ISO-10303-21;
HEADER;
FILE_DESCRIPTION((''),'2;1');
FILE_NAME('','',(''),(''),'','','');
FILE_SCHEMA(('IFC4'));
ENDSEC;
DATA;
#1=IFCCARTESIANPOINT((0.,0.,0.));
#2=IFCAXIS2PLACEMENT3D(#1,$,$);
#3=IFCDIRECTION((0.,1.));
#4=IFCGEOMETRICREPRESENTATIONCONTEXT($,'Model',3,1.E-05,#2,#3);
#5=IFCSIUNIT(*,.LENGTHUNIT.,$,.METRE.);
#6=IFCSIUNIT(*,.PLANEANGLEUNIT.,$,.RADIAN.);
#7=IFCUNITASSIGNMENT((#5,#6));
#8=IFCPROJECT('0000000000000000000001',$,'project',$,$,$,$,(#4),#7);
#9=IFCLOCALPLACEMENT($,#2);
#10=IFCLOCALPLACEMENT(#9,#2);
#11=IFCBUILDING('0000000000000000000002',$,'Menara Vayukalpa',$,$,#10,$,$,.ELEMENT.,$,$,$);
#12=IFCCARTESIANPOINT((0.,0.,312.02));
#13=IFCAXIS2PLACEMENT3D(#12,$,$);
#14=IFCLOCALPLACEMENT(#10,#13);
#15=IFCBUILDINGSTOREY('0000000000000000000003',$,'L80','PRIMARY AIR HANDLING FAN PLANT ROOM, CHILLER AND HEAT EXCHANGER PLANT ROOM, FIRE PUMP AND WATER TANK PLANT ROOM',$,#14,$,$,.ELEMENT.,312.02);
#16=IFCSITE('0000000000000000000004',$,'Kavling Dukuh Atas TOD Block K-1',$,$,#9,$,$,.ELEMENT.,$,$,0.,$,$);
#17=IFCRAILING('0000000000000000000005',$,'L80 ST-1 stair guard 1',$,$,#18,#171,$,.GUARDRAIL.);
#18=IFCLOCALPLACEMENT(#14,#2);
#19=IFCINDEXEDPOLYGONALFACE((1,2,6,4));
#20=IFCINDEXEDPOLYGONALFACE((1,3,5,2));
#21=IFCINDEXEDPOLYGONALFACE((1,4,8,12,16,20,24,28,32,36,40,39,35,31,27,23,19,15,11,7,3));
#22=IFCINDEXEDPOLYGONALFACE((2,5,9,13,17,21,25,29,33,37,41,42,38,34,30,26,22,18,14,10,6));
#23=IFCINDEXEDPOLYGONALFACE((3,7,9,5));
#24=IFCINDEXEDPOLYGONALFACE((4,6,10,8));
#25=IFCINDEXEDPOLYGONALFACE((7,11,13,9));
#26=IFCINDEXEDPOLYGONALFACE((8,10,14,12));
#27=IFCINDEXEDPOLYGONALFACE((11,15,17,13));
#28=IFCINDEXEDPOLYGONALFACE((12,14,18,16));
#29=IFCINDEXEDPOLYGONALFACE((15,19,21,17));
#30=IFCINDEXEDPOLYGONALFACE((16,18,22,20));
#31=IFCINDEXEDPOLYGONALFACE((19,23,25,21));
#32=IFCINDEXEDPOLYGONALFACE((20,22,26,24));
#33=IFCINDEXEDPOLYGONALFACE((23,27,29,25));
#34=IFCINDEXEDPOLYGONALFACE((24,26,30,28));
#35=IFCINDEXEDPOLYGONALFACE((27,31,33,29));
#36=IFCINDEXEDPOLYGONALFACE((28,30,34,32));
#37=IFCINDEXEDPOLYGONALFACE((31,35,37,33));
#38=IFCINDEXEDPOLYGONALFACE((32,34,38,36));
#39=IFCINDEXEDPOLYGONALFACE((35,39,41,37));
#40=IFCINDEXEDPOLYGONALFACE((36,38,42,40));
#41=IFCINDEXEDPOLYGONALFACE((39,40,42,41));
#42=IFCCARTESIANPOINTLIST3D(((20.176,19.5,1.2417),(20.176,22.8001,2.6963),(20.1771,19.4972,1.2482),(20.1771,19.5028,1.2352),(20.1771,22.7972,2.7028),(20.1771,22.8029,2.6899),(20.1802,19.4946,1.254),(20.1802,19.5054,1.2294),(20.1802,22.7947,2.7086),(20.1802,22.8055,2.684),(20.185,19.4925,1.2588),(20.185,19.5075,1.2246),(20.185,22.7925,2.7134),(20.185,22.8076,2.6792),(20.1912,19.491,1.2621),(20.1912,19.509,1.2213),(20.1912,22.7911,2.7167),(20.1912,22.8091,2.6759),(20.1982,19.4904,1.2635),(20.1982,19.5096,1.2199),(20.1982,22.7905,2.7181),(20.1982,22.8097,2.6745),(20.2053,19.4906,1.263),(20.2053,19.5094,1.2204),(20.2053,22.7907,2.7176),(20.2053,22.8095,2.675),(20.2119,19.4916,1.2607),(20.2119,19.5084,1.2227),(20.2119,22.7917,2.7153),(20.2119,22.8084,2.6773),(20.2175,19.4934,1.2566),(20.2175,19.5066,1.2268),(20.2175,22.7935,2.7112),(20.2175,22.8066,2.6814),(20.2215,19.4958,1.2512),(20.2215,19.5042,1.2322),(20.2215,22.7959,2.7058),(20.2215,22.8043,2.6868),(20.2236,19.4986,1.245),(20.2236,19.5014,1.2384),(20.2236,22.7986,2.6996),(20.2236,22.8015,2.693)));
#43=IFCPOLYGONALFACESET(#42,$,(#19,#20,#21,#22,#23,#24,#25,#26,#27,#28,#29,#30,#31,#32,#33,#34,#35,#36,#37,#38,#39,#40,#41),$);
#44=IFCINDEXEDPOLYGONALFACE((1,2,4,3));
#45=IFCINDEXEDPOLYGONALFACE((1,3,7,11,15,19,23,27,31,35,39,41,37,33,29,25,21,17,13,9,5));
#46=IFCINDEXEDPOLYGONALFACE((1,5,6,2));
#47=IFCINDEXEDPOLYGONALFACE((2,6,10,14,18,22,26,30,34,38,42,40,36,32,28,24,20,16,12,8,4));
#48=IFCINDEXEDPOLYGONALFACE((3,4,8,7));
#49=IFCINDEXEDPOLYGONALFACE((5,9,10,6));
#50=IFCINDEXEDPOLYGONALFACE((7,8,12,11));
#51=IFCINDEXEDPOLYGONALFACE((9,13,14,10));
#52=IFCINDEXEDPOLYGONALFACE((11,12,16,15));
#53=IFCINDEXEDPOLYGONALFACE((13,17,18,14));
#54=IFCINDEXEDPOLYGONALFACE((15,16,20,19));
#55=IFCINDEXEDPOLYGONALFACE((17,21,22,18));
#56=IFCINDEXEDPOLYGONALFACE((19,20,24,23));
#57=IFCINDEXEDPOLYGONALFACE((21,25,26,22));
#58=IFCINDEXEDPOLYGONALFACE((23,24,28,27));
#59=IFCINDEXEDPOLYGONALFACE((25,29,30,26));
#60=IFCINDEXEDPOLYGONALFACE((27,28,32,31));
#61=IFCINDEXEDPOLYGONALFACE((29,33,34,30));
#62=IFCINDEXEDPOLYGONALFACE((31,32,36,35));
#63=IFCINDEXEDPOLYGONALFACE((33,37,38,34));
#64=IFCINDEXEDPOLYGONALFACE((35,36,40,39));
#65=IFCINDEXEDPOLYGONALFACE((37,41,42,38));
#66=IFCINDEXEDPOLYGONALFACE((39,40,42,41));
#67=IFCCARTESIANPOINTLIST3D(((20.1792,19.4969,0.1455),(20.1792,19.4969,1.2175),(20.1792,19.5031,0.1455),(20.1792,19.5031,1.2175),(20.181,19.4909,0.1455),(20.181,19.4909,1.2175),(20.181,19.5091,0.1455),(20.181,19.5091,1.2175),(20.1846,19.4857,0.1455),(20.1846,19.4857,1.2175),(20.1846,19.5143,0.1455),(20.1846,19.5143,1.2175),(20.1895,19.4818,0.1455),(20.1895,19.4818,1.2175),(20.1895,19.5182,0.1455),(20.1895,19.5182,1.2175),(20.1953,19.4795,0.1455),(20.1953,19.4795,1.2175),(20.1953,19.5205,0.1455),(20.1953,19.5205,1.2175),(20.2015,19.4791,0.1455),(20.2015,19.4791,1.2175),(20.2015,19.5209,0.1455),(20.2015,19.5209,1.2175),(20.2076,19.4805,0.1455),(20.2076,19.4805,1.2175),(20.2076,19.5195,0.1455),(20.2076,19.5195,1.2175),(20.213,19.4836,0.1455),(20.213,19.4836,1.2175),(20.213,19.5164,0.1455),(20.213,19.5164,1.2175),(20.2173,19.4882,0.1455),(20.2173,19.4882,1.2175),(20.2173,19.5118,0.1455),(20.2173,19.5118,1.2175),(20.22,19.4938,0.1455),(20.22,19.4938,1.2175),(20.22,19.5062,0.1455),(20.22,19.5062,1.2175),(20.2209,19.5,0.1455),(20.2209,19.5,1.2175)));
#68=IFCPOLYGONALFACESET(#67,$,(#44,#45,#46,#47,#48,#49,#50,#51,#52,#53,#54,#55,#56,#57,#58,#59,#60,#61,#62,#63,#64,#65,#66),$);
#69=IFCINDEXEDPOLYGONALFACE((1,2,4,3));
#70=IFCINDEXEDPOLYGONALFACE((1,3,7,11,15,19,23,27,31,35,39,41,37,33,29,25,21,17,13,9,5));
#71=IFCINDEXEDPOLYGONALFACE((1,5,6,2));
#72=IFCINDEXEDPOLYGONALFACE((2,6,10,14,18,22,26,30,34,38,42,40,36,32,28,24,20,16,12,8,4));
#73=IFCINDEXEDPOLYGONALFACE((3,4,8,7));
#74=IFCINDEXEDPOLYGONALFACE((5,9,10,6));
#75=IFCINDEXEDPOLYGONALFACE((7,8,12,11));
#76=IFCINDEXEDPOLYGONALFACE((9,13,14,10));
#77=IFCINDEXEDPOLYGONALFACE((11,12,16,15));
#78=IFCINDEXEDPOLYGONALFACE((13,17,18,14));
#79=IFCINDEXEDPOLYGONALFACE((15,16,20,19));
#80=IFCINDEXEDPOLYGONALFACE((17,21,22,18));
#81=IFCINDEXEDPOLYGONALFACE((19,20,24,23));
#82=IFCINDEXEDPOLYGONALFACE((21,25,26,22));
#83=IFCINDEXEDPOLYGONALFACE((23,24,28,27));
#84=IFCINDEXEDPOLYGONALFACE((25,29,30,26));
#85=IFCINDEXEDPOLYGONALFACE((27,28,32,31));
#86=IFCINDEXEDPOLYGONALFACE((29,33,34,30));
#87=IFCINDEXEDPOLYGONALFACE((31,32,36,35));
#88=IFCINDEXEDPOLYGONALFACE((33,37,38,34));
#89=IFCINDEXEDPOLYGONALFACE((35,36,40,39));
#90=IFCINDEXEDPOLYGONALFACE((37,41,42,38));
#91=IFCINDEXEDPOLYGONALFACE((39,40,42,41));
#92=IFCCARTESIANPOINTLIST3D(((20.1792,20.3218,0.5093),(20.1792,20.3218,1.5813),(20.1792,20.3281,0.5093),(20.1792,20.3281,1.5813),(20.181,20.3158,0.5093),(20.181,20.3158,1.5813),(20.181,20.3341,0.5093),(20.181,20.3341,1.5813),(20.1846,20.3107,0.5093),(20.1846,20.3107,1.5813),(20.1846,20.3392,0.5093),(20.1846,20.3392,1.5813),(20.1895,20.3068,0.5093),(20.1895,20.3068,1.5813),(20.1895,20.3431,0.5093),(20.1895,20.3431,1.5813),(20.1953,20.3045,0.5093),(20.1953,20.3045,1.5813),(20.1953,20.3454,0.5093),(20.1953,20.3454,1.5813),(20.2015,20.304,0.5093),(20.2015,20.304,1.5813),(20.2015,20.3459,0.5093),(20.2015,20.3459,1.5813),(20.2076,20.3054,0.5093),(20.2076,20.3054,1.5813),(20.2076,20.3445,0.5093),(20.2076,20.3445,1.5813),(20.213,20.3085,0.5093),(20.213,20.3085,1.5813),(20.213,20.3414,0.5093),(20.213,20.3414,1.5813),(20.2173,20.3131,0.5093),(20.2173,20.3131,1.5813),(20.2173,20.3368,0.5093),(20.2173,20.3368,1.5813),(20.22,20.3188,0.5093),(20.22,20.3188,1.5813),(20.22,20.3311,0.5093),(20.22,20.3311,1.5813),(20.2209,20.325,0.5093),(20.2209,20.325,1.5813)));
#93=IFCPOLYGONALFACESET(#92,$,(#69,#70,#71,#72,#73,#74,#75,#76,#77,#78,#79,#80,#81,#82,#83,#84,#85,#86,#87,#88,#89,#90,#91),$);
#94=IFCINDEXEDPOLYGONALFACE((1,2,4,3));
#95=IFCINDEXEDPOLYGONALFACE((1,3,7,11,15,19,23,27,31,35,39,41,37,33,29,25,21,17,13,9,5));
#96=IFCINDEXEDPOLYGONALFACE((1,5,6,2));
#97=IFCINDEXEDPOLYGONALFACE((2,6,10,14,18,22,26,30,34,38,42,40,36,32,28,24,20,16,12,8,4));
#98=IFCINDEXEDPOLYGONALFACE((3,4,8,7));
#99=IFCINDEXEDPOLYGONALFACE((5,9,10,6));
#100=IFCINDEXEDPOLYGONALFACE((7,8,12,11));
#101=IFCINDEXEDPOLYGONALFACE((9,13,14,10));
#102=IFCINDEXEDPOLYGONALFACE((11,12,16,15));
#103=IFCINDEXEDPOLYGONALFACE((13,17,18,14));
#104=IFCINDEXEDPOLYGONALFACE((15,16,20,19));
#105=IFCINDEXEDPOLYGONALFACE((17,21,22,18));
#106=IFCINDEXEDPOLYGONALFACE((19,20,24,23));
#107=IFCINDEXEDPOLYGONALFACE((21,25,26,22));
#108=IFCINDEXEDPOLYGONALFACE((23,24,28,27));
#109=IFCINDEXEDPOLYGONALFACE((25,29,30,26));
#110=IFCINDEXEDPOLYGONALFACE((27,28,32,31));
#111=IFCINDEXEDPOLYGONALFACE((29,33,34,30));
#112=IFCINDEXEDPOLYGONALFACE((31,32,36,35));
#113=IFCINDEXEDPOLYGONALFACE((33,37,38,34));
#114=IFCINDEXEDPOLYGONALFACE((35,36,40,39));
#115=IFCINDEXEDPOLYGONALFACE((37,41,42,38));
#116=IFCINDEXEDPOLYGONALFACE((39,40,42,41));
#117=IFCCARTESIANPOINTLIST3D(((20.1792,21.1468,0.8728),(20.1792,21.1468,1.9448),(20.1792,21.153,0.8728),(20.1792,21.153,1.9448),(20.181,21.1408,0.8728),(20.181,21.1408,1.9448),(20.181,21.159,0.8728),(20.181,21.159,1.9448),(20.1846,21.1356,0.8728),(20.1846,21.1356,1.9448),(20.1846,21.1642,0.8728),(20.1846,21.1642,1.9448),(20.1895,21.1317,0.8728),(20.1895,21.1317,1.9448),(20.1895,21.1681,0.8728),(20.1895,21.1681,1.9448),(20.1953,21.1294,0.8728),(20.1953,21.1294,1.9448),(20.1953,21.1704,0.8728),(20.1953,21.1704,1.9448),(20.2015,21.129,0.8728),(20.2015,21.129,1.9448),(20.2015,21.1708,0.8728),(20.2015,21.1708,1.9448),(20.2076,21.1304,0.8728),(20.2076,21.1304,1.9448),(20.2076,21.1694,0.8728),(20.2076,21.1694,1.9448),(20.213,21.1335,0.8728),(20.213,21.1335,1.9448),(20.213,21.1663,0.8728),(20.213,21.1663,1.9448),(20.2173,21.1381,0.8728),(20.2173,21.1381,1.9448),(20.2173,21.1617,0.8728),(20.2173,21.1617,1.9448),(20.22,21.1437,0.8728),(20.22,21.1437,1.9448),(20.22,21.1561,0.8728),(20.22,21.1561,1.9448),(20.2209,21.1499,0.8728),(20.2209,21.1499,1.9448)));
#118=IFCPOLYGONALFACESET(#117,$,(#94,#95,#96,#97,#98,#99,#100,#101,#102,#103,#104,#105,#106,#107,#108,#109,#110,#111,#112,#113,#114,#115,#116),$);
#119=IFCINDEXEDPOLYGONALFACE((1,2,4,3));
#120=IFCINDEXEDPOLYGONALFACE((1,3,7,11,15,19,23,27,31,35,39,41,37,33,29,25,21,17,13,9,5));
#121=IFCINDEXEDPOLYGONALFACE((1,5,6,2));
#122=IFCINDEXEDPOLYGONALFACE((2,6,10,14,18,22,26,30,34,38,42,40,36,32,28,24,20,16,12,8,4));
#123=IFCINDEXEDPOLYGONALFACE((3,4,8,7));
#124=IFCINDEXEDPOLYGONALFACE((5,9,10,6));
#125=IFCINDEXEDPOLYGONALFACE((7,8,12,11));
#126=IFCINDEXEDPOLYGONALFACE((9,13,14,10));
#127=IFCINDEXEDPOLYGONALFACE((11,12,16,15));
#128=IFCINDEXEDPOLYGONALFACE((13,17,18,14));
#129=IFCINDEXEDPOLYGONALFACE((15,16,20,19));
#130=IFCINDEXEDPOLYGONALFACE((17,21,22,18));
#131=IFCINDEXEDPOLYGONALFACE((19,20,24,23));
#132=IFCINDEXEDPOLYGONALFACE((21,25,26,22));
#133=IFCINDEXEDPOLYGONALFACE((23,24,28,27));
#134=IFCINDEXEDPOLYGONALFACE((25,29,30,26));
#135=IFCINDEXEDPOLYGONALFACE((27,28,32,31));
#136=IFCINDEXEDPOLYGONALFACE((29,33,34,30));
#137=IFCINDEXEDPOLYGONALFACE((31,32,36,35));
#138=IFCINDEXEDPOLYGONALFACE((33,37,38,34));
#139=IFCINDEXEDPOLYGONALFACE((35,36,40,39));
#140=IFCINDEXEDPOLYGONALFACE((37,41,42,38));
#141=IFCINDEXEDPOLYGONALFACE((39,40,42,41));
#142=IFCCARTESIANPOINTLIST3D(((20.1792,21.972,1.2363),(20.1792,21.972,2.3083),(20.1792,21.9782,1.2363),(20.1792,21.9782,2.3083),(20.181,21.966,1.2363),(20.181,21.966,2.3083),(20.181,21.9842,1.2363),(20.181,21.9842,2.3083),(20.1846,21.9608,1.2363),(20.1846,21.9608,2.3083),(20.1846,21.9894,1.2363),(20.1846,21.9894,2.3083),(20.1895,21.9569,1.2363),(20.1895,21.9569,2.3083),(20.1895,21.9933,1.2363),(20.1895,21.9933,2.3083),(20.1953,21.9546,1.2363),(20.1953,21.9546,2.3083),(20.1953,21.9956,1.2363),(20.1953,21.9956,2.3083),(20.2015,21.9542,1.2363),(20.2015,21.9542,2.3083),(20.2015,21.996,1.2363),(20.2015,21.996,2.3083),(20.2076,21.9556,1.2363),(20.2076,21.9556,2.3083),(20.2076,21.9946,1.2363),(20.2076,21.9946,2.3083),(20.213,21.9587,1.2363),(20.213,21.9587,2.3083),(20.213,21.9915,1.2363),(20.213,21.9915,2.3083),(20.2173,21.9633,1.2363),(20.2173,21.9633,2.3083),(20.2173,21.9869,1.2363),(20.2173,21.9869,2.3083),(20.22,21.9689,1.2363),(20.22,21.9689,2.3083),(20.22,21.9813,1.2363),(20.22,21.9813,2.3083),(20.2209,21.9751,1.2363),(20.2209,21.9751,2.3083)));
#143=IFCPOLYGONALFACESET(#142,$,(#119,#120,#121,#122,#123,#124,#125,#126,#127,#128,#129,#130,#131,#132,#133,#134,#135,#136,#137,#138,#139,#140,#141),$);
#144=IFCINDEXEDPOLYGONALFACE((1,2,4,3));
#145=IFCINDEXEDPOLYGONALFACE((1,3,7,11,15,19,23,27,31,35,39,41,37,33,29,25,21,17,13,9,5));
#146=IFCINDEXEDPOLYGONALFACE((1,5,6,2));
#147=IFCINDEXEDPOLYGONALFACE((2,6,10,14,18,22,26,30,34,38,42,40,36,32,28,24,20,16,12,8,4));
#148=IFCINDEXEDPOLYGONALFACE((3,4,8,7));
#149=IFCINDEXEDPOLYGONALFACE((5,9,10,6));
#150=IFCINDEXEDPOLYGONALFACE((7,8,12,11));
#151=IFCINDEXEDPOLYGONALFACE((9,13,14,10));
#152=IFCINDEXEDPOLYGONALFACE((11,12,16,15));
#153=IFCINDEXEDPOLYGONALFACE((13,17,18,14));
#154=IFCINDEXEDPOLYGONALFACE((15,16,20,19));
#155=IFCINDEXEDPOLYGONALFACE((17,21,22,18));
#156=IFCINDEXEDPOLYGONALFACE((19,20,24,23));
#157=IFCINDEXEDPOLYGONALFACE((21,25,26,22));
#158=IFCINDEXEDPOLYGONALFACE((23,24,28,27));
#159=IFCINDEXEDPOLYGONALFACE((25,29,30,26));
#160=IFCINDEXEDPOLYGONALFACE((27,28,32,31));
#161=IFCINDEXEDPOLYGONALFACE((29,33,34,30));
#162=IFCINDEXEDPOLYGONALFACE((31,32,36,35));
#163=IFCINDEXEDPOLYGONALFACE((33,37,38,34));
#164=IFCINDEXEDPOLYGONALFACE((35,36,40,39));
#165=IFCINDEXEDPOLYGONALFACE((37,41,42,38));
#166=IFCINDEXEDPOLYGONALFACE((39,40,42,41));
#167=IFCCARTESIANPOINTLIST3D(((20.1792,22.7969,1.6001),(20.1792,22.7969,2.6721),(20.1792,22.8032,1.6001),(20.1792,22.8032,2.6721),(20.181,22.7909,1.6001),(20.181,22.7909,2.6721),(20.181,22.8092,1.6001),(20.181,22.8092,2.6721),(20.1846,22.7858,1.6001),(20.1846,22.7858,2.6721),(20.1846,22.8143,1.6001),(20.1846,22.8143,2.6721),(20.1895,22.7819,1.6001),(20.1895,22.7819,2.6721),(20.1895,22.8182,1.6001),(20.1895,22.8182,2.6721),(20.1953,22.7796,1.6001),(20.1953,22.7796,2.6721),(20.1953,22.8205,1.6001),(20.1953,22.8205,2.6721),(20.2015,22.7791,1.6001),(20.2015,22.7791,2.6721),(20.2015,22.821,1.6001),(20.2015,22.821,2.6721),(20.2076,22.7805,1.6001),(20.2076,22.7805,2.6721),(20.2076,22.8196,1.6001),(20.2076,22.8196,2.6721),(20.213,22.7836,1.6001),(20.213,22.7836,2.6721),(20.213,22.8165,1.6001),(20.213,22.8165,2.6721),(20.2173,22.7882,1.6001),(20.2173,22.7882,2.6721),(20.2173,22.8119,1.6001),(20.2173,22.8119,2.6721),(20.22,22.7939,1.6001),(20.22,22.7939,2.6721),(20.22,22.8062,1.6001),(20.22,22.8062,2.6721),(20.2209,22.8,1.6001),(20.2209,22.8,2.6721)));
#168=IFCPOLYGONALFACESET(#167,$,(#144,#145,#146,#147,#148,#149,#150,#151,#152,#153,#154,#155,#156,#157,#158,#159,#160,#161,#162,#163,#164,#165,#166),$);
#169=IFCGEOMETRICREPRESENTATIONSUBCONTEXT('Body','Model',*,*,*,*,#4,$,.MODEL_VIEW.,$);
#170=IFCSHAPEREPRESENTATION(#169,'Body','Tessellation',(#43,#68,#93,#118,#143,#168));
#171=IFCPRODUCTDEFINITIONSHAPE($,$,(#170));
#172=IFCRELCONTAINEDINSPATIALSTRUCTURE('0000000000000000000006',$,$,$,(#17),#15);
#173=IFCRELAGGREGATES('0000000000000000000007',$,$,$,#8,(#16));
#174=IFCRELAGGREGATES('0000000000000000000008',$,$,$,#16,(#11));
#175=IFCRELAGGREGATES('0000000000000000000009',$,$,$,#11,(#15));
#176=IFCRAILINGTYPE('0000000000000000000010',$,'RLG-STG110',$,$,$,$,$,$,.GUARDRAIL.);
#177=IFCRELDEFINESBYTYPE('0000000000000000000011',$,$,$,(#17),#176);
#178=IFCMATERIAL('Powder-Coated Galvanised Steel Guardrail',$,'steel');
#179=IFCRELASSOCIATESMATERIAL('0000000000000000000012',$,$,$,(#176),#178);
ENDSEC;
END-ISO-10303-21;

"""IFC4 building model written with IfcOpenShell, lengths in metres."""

from ifc_helpers import new_model, si_unit, direction, frame, origin, origin_2d, place, context, subcontext, project, spatial, circle, extrude, material, type_object, element, save


model = new_model("IFC4")

# Units and contexts
model_context = context("Model", 3, precision=1e-05, world=origin(), true_north=direction((0.0, 1.0)))
body_context = subcontext(model_context, "Body", "Model", "MODEL_VIEW")
ifc_project = project(units=[si_unit("LENGTHUNIT", "METRE"), si_unit("PLANEANGLEUNIT", "RADIAN")], contexts=[model_context])

# Site, building, storey
site_placement = place(None, origin())
site = spatial("IfcSite", under=ifc_project, at=site_placement, Name="Kavling Dukuh Atas TOD Block K-1", CompositionType="ELEMENT", RefElevation=0.0)
building_placement = place(site_placement, origin())
building = spatial("IfcBuilding", under=site, at=building_placement, Name="Menara Vayukalpa", CompositionType="ELEMENT")
storey_placement = place(building_placement, frame((0.0, 0.0, 312.02)))
storey = spatial("IfcBuildingStorey", under=building, at=storey_placement, Name="L80", Description="PRIMARY AIR HANDLING FAN PLANT ROOM, CHILLER AND HEAT EXCHANGER PLANT ROOM, FIRE PUMP AND WATER TANK PLANT ROOM", CompositionType="ELEMENT", Elevation=312.02)

# Railing
ifc_material_1 = material(Name="Powder-Coated Galvanised Steel Guardrail", Category="steel")
railing_type = type_object("IfcRailingType", Name="RLG-STG110", PredefinedType="GUARDRAIL", material=ifc_material_1)
railing_1_placement = place(storey_placement, frame((20.2, 19.5, 0.1455)))
element("IfcRailing", 1, at=railing_1_placement, inside=storey, type_object=railing_type, Name="L80 ST-1 stair guard 1", PredefinedType="GUARDRAIL", context=body_context, shape_type="SweptSolid", body=[
    extrude(circle(Radius=0.0239, at=origin_2d()), frame((0.0, 0.0, 1.0962), z_axis=(0.0, 0.915052, 0.403335), x_axis=(-1.0, 0.0, 0.0)), (0.0, 0.0, 1.0), 3.6064),
    extrude(circle(Radius=0.021, at=origin_2d()), origin(), (0.0, 0.0, 1.0), 1.072),
    extrude(circle(Radius=0.021, at=origin_2d()), frame((0.0, 0.825, 0.3638)), (0.0, 0.0, 1.0), 1.072),
    extrude(circle(Radius=0.021, at=origin_2d()), frame((0.0, 1.6499, 0.7273)), (0.0, 0.0, 1.0), 1.072),
    extrude(circle(Radius=0.021, at=origin_2d()), frame((0.0, 2.4751, 1.0908)), (0.0, 0.0, 1.0), 1.072),
    extrude(circle(Radius=0.021, at=origin_2d()), frame((0.0, 3.3, 1.4546)), (0.0, 0.0, 1.0), 1.072),
])

save(model, "model.ifc")
